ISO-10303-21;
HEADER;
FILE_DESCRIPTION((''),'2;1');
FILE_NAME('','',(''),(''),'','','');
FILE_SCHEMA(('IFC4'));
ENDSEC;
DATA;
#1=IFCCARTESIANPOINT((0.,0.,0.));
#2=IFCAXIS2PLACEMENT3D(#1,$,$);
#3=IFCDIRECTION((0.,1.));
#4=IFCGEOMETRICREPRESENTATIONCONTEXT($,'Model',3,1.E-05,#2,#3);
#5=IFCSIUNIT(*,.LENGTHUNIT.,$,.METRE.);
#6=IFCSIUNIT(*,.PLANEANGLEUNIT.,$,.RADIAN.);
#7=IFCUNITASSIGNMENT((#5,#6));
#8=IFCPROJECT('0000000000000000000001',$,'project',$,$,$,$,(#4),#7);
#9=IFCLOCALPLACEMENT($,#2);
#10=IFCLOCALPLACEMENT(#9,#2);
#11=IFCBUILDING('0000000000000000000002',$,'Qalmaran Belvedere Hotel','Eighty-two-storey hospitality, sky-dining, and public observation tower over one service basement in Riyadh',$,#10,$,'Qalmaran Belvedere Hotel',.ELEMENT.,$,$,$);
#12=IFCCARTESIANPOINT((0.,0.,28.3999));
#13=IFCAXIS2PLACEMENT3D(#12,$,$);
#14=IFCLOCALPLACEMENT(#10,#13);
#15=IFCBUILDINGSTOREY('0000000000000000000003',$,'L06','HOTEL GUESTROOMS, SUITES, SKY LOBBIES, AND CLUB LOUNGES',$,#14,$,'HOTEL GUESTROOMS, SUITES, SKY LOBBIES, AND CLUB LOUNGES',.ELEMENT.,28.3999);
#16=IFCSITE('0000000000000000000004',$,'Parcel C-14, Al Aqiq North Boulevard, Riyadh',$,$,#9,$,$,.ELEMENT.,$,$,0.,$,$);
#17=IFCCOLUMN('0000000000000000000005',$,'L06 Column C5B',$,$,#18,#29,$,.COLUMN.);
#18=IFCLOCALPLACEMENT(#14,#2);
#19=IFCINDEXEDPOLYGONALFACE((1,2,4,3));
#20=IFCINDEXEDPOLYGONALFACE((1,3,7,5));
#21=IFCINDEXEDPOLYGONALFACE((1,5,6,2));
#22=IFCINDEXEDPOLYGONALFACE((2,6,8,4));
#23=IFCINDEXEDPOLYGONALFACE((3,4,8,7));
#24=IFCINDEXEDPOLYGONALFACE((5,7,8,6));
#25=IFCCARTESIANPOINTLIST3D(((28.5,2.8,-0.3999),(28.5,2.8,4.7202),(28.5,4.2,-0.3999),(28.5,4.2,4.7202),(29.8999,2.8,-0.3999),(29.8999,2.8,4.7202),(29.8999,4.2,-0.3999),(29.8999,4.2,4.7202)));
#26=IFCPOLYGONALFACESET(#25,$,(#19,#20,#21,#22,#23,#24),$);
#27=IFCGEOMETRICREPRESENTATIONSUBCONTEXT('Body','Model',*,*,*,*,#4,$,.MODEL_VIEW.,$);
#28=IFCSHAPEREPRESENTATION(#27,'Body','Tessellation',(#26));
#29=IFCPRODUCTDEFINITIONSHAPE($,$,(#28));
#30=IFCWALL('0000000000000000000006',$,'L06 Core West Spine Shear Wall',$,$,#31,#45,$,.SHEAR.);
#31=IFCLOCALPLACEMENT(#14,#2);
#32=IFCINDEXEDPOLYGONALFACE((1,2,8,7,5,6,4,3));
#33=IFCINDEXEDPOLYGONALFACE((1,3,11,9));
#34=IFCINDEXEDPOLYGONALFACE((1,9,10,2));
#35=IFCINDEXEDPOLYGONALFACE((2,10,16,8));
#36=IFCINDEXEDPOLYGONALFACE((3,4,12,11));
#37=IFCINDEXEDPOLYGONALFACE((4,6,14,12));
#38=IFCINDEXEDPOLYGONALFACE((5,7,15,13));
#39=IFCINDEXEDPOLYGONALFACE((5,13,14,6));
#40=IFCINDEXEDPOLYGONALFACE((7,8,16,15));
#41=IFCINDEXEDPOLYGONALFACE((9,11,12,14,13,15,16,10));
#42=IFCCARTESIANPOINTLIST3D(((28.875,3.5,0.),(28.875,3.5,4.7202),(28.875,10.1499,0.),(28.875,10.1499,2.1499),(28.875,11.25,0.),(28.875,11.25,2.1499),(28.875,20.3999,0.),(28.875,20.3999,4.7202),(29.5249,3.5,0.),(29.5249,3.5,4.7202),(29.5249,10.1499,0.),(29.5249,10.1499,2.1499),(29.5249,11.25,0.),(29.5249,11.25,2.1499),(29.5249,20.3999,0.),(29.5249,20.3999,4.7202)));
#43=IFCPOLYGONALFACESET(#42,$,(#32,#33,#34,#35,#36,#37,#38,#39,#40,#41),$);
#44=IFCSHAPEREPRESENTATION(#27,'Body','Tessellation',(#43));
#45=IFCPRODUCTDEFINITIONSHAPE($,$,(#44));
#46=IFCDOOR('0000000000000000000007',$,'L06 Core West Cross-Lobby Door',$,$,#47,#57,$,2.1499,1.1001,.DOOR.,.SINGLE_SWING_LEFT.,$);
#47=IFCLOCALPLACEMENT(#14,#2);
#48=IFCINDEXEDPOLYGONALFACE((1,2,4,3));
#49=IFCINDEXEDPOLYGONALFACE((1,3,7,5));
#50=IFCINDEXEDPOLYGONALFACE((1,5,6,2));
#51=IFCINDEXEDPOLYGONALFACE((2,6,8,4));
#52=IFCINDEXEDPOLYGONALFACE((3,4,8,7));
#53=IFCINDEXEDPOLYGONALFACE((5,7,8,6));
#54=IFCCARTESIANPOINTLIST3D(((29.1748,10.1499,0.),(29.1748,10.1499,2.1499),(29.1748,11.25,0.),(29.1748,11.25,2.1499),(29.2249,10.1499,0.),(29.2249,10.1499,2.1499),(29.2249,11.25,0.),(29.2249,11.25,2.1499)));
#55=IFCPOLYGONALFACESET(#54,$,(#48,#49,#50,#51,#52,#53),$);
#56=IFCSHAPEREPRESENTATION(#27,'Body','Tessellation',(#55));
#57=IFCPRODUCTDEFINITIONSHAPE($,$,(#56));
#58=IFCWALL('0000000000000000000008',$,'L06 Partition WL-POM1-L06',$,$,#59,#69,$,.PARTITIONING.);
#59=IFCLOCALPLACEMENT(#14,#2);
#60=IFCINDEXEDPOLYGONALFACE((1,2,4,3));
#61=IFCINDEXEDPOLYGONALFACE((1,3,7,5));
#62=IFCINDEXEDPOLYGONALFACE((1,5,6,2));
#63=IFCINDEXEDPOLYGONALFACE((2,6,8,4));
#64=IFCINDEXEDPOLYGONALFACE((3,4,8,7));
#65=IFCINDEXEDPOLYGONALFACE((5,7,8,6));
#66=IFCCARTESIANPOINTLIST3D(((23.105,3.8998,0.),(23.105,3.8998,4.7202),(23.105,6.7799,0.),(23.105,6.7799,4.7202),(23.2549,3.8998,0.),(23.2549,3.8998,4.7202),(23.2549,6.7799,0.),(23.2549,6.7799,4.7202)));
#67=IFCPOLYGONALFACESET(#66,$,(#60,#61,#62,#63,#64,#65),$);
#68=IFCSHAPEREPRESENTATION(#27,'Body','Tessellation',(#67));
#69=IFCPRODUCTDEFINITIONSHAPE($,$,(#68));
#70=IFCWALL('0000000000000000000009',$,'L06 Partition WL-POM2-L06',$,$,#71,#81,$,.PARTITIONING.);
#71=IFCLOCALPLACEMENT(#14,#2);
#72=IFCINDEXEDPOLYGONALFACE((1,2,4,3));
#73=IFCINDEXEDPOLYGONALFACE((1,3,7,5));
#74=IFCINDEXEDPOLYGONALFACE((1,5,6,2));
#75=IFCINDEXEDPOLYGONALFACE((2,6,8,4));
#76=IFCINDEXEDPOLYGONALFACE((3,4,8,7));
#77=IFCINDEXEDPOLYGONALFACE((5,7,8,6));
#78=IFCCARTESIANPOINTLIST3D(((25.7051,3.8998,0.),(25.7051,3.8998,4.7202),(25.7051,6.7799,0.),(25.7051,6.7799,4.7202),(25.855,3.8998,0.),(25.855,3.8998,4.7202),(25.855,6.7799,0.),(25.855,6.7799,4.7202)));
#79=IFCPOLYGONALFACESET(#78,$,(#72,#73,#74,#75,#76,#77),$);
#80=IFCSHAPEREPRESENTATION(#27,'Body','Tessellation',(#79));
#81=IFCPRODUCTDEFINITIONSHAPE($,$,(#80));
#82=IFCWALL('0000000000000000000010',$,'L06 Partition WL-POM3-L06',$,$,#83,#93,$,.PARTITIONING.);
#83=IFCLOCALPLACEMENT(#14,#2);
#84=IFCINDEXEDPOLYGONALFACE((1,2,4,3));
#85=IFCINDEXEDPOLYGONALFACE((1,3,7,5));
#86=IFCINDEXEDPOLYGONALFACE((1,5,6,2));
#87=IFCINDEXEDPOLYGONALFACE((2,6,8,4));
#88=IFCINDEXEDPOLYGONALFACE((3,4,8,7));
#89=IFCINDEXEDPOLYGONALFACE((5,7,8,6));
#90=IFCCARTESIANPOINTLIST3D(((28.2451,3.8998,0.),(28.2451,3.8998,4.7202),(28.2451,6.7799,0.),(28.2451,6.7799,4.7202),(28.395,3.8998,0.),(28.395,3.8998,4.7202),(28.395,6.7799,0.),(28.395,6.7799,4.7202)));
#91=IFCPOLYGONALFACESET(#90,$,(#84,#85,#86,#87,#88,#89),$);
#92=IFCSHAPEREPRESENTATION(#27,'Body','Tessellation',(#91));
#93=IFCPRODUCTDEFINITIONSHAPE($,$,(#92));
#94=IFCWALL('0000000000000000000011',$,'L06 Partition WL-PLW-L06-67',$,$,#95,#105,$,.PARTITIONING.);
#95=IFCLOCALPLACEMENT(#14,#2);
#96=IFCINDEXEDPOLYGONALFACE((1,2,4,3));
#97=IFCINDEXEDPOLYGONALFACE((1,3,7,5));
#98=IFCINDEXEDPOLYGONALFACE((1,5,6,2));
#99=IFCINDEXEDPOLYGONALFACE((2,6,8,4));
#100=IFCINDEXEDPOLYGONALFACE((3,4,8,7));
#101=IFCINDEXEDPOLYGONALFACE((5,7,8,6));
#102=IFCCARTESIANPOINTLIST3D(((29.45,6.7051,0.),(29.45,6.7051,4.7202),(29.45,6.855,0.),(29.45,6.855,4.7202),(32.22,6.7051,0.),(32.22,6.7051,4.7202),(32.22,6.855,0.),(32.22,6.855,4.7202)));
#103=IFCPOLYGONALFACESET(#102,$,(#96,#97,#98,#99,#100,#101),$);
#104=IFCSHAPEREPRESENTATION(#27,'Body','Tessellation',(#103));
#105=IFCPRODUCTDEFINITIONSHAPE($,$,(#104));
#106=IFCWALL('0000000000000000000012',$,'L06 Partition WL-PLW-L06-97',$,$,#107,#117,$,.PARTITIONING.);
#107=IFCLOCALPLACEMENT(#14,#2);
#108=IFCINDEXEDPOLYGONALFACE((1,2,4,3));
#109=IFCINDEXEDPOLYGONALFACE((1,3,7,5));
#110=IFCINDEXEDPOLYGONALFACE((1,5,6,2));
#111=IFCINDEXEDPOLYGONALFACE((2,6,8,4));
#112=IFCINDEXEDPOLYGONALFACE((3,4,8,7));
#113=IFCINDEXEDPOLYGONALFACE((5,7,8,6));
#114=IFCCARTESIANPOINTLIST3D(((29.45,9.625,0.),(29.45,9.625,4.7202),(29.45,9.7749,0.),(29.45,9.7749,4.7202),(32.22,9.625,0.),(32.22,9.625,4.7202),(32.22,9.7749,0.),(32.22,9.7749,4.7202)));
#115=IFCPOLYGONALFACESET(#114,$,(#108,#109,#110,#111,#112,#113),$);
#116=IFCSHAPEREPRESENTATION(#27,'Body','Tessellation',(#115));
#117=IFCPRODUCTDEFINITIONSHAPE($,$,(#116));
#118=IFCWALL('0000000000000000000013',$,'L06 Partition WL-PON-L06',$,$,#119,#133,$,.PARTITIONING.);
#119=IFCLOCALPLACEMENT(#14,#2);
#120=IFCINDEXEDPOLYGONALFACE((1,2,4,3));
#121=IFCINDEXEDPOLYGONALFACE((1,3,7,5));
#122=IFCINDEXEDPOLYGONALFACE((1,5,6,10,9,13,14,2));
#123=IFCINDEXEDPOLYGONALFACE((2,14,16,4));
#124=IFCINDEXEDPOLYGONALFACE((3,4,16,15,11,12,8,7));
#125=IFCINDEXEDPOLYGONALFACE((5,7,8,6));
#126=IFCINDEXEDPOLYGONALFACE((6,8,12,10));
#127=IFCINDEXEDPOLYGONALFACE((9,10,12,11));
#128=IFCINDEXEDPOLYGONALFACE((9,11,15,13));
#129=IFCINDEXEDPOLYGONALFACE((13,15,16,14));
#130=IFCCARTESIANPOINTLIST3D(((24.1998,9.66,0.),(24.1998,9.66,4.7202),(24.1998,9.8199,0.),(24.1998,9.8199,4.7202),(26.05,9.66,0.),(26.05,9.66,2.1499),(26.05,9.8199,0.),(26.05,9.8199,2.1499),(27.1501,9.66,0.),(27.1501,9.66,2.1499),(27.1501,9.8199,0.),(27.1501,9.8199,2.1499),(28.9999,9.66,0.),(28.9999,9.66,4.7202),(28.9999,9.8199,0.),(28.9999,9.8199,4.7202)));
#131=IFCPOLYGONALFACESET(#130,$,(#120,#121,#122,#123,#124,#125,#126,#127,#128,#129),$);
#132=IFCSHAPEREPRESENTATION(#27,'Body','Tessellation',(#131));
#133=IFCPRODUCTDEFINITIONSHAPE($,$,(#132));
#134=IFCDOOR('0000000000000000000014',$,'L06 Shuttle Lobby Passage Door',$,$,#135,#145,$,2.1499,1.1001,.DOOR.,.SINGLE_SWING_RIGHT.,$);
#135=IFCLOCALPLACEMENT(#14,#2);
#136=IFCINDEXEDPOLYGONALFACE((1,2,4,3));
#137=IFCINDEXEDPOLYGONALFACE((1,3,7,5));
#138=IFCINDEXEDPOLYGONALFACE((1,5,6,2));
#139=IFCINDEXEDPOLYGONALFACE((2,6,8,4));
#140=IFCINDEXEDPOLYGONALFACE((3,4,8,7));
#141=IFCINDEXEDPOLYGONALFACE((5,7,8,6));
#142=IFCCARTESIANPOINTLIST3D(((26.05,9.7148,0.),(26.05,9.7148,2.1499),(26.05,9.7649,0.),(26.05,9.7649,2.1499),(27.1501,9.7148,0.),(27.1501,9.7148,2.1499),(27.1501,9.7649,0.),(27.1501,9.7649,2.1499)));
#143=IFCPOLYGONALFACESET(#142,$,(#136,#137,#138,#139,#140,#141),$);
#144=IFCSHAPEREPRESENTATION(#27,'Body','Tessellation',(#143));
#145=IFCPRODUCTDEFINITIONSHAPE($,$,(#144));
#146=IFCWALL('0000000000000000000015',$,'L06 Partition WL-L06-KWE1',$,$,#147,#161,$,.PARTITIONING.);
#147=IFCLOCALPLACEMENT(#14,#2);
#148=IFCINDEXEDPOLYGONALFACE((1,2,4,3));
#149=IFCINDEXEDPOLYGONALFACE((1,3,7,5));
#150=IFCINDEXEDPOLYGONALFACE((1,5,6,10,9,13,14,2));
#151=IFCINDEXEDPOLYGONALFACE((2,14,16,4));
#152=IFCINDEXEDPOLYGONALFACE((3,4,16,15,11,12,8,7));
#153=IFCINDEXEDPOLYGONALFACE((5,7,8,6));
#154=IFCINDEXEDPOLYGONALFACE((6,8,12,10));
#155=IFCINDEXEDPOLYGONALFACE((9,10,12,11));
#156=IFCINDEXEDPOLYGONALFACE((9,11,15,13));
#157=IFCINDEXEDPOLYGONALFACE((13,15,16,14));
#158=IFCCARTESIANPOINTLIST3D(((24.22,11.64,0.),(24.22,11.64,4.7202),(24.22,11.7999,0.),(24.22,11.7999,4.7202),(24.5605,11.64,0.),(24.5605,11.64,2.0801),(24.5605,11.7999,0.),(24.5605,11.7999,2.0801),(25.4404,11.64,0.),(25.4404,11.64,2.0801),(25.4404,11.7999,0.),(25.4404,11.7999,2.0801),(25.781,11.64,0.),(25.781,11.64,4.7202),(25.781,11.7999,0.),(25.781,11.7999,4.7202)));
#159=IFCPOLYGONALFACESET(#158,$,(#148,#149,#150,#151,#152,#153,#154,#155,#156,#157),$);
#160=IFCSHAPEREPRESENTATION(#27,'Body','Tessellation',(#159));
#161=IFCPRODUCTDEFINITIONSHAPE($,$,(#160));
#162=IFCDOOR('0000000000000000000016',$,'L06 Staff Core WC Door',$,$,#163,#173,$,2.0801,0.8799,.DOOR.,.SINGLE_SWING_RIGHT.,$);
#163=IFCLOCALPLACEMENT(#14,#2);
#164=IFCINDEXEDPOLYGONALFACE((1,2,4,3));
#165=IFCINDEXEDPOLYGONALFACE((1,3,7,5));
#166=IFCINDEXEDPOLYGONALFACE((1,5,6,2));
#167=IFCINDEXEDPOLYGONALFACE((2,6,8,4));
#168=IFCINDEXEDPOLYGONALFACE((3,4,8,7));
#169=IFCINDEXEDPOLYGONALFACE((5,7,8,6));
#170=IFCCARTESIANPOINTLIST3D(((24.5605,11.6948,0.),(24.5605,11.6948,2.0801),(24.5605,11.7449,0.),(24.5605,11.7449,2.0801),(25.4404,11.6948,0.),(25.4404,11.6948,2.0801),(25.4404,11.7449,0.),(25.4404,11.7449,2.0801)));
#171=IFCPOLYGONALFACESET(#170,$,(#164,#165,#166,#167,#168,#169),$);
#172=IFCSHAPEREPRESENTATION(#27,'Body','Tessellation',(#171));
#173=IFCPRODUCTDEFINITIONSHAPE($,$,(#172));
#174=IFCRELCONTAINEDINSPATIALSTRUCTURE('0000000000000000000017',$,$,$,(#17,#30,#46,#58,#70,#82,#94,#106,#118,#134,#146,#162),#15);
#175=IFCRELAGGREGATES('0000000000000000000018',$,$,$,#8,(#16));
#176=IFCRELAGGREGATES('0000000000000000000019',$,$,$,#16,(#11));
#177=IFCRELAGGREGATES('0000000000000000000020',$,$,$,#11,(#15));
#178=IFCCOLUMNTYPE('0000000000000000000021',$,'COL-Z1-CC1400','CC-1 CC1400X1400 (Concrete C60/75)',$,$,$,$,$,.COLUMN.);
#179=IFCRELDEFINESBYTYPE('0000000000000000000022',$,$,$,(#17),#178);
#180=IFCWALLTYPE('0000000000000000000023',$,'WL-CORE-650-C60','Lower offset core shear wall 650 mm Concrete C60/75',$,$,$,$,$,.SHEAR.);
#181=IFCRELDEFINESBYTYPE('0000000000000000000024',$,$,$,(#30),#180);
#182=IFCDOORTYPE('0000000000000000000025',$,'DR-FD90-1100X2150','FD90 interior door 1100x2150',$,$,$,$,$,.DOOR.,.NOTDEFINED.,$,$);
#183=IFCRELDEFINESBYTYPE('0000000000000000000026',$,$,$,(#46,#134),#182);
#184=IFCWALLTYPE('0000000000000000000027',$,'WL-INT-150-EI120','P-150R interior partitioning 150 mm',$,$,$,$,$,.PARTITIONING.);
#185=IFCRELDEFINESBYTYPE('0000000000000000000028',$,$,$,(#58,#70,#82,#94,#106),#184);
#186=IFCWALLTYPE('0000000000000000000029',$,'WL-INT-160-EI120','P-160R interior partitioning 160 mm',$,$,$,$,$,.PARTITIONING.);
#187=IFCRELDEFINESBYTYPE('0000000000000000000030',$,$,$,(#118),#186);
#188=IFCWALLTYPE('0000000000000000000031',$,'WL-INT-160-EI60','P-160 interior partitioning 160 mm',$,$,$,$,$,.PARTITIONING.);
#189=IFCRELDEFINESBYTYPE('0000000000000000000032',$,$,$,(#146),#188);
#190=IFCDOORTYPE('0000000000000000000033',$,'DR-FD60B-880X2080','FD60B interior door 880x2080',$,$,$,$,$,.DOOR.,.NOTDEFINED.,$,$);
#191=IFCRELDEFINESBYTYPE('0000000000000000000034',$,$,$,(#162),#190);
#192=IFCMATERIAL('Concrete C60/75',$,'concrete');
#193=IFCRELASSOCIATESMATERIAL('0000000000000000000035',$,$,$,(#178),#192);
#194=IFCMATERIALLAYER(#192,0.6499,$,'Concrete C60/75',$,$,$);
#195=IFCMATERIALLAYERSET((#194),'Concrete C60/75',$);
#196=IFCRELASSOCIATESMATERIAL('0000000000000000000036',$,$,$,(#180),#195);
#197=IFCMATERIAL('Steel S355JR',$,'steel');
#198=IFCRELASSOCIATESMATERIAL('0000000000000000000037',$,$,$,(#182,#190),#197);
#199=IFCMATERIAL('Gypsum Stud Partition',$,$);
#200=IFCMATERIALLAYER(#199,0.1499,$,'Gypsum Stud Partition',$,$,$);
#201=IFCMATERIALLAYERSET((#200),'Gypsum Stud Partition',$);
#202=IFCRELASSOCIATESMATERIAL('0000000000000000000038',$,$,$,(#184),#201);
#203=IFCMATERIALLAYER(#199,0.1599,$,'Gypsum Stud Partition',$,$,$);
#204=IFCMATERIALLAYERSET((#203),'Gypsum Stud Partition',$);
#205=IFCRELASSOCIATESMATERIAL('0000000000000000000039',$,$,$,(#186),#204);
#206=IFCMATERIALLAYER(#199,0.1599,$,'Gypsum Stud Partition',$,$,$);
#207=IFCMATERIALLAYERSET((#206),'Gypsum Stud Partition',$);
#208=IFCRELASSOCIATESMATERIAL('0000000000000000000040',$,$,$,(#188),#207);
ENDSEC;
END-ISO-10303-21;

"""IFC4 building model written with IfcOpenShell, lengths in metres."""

from ifc_helpers import new_model, si_unit, direction, frame, frame_2d, origin, origin_2d, place, context, subcontext, project, spatial, rectangle, extrude, material, layer, layer_set, material_profile, profile_set, type_object, element, fill, save


model = new_model("IFC4")

# Units and contexts
model_context = context("Model", 3, precision=1e-05, world=origin(), true_north=direction((0.0, 1.0)))
body_context = subcontext(model_context, "Body", "Model", "MODEL_VIEW")
ifc_project = project(units=[si_unit("LENGTHUNIT", "METRE"), si_unit("PLANEANGLEUNIT", "RADIAN")], contexts=[model_context])

# Site, building, storey
site_placement = place(None, origin())
site = spatial("IfcSite", under=ifc_project, at=site_placement, Name="Parcel C-14, Al Aqiq North Boulevard, Riyadh", CompositionType="ELEMENT", RefElevation=0.0)
building_placement = place(site_placement, origin())
building = spatial("IfcBuilding", under=site, at=building_placement, Name="Qalmaran Belvedere Hotel", Description="Eighty-two-storey hospitality, sky-dining, and public observation tower over one service basement in Riyadh", LongName="Qalmaran Belvedere Hotel", CompositionType="ELEMENT")
storey_placement = place(building_placement, frame((0.0, 0.0, 28.3999)))
storey = spatial("IfcBuildingStorey", under=building, at=storey_placement, Name="L06", Description="HOTEL GUESTROOMS, SUITES, SKY LOBBIES, AND CLUB LOUNGES", LongName="HOTEL GUESTROOMS, SUITES, SKY LOBBIES, AND CLUB LOUNGES", CompositionType="ELEMENT", Elevation=28.3999)

# Column
ifc_material_1 = material(Name="Concrete C60/75", Category="concrete")
ifc_material_profile = material_profile(ifc_material_1, rectangle(XDim=1.3999, YDim=1.3999, at=origin_2d()), Name="CC1400X1400")
ifc_profile_set = profile_set([ifc_material_profile], Name="Concrete C60/75")
column_type = type_object("IfcColumnType", Name="COL-Z1-CC1400", Description="CC-1 CC1400X1400 (Concrete C60/75)", PredefinedType="COLUMN", material=ifc_profile_set)
column_placement = place(storey_placement, frame((29.2, 3.5, -0.3999), z_axis=(0.0, 0.0, 1.0), x_axis=(1.0, 0.0, 0.0)))
element("IfcColumn", 1, at=column_placement, inside=storey, type_object=column_type, Name="L06 Column C5B", PredefinedType="COLUMN", context=body_context, shape_type="SweptSolid", body=[
    extrude(rectangle(XDim=1.3999, YDim=1.3999, at=origin_2d()), origin(), (0.0, 0.0, 1.0), 5.1201),
])

# Wall, opening, door
ifc_layer_1 = layer(ifc_material_1, 0.6499, Name="Concrete C60/75")
ifc_layer_set_1 = layer_set([ifc_layer_1], Name="Concrete C60/75")
wall_type_1 = type_object("IfcWallType", Name="WL-CORE-650-C60", Description="Lower offset core shear wall 650 mm Concrete C60/75", PredefinedType="SHEAR", material=ifc_layer_set_1)
wall_1_placement = place(storey_placement, frame((29.2, 3.5, 0.0), z_axis=(0.0, 0.0, 1.0), x_axis=(0.0, 1.0, 0.0)))
wall_1 = element("IfcWall", 2, at=wall_1_placement, inside=storey, type_object=wall_type_1, Name="L06 Core West Spine Shear Wall", PredefinedType="SHEAR", context=body_context, shape_type="SweptSolid", body=[
    extrude(rectangle(XDim=16.8999, YDim=0.6499, at=frame_2d((8.45, 0.0))), origin(), (0.0, 0.0, 1.0), 4.7202),
])
opening_1_placement = place(wall_1_placement, frame((7.75, 0.0, 0.0), z_axis=(0.0, 0.0, 1.0), x_axis=(-1.0, 0.0, 0.0)))
opening_1 = element("IfcOpeningElement", 3, at=opening_1_placement, cuts=wall_1, PredefinedType="OPENING", context=body_context, shape_type="SweptSolid", body=[
    extrude(rectangle(XDim=1.1001, YDim=2.1499, at=frame_2d((0.55, 1.075))), frame((0.0, 0.335, 0.0), z_axis=(0.0, -1.0, 0.0), x_axis=(1.0, 0.0, 0.0)), (0.0, 0.0, 1.0), 0.6699),
])
ifc_material_2 = material(Name="Steel S355JR", Category="steel")
door_type_1 = type_object("IfcDoorType", Name="DR-FD90-1100X2150", Description="FD90 interior door 1100x2150", OperationType="NOTDEFINED", PredefinedType="DOOR", material=ifc_material_2)
door_1_placement = place(opening_1_placement, origin())
door_1 = element("IfcDoor", 4, at=door_1_placement, inside=storey, type_object=door_type_1, Name="L06 Core West Cross-Lobby Door", OperationType="SINGLE_SWING_LEFT", OverallHeight=2.1499, OverallWidth=1.1001, PredefinedType="DOOR", context=body_context, shape_type="SweptSolid", body=[
    extrude(rectangle(XDim=1.1001, YDim=2.1499, at=frame_2d((0.55, 1.075))), frame((0.0, 0.0249, 0.0), z_axis=(0.0, -1.0, 0.0), x_axis=(1.0, 0.0, 0.0)), (0.0, 0.0, 1.0), 0.05),
])
fill(opening_1, door_1)

# Walls
ifc_material_3 = material(Name="Gypsum Stud Partition")
ifc_layer_2 = layer(ifc_material_3, 0.1499, Name="Gypsum Stud Partition")
ifc_layer_set_2 = layer_set([ifc_layer_2], Name="Gypsum Stud Partition")
wall_type_2 = type_object("IfcWallType", Name="WL-INT-150-EI120", Description="P-150R interior partitioning 150 mm", PredefinedType="PARTITIONING", material=ifc_layer_set_2)
for number, where, z_axis, x_axis, name in (
    (5, (23.1799, 3.8999, 0.0), (0.0, 0.0, 1.0), (0.0, 1.0, 0.0), "L06 Partition WL-POM1-L06"),
    (6, (25.78, 3.8999, 0.0), (0.0, 0.0, 1.0), (0.0, 1.0, 0.0), "L06 Partition WL-POM2-L06"),
    (7, (28.3201, 3.8999, 0.0), (0.0, 0.0, 1.0), (0.0, 1.0, 0.0), "L06 Partition WL-POM3-L06"),
):
    element("IfcWall", number, at=place(storey_placement, frame(where, z_axis=z_axis, x_axis=x_axis)), inside=storey, type_object=wall_type_2, Name=name, PredefinedType="PARTITIONING", context=body_context, shape_type="SweptSolid", body=[
        extrude(rectangle(XDim=2.8801, YDim=0.1499, at=frame_2d((1.4399, 0.0))), origin(), (0.0, 0.0, 1.0), 4.7202),
    ])
for number, where, z_axis, x_axis, name in (
    (8, (29.45, 6.78, 0.0), (0.0, 0.0, 1.0), (1.0, 0.0, 0.0), "L06 Partition WL-PLW-L06-67"),
    (9, (29.45, 9.7, 0.0), (0.0, 0.0, 1.0), (1.0, 0.0, 0.0), "L06 Partition WL-PLW-L06-97"),
):
    element("IfcWall", number, at=place(storey_placement, frame(where, z_axis=z_axis, x_axis=x_axis)), inside=storey, type_object=wall_type_2, Name=name, PredefinedType="PARTITIONING", context=body_context, shape_type="SweptSolid", body=[
        extrude(rectangle(XDim=2.77, YDim=0.1499, at=frame_2d((1.385, 0.0))), origin(), (0.0, 0.0, 1.0), 4.7202),
    ])

# Walls, openings, doors
ifc_layer_3 = layer(ifc_material_3, 0.1599, Name="Gypsum Stud Partition")
ifc_layer_set_3 = layer_set([ifc_layer_3], Name="Gypsum Stud Partition")
wall_type_3 = type_object("IfcWallType", Name="WL-INT-160-EI120", Description="P-160R interior partitioning 160 mm", PredefinedType="PARTITIONING", material=ifc_layer_set_3)
wall_2_placement = place(storey_placement, frame((24.2, 9.74, 0.0), z_axis=(0.0, 0.0, 1.0), x_axis=(1.0, 0.0, 0.0)))
wall_2 = element("IfcWall", 10, at=wall_2_placement, inside=storey, type_object=wall_type_3, Name="L06 Partition WL-PON-L06", PredefinedType="PARTITIONING", context=body_context, shape_type="SweptSolid", body=[
    extrude(rectangle(XDim=4.8, YDim=0.1599, at=frame_2d((2.3999, 0.0))), origin(), (0.0, 0.0, 1.0), 4.7202),
])
opening_2_placement = place(wall_2_placement, frame((1.8501, 0.0, 0.0)))
opening_2 = element("IfcOpeningElement", 11, at=opening_2_placement, cuts=wall_2, PredefinedType="OPENING", context=body_context, shape_type="SweptSolid", body=[
    extrude(rectangle(XDim=1.1001, YDim=2.1499, at=frame_2d((0.55, 1.075))), frame((0.0, 0.0898, 0.0), z_axis=(0.0, -1.0, 0.0), x_axis=(1.0, 0.0, 0.0)), (0.0, 0.0, 1.0), 0.1799),
])
door_2_placement = place(opening_2_placement, origin())
door_2 = element("IfcDoor", 12, at=door_2_placement, inside=storey, type_object=door_type_1, Name="L06 Shuttle Lobby Passage Door", OperationType="SINGLE_SWING_RIGHT", OverallHeight=2.1499, OverallWidth=1.1001, PredefinedType="DOOR", context=body_context, shape_type="SweptSolid", body=[
    extrude(rectangle(XDim=1.1001, YDim=2.1499, at=frame_2d((0.55, 1.075))), frame((0.0, 0.0249, 0.0), z_axis=(0.0, -1.0, 0.0), x_axis=(1.0, 0.0, 0.0)), (0.0, 0.0, 1.0), 0.05),
])
fill(opening_2, door_2)
ifc_layer_4 = layer(ifc_material_3, 0.1599, Name="Gypsum Stud Partition")
ifc_layer_set_4 = layer_set([ifc_layer_4], Name="Gypsum Stud Partition")
wall_type_4 = type_object("IfcWallType", Name="WL-INT-160-EI60", Description="P-160 interior partitioning 160 mm", PredefinedType="PARTITIONING", material=ifc_layer_set_4)
wall_3_placement = place(storey_placement, frame((24.22, 11.72, 0.0), z_axis=(0.0, 0.0, 1.0), x_axis=(1.0, 0.0, 0.0)))
wall_3 = element("IfcWall", 13, at=wall_3_placement, inside=storey, type_object=wall_type_4, Name="L06 Partition WL-L06-KWE1", PredefinedType="PARTITIONING", context=body_context, shape_type="SweptSolid", body=[
    extrude(rectangle(XDim=1.561, YDim=0.1599, at=frame_2d((0.7805, 0.0))), origin(), (0.0, 0.0, 1.0), 4.7202),
])
opening_3_placement = place(wall_3_placement, frame((0.3406, 0.0, 0.0)))
opening_3 = element("IfcOpeningElement", 14, at=opening_3_placement, cuts=wall_3, PredefinedType="OPENING", context=body_context, shape_type="SweptSolid", body=[
    extrude(rectangle(XDim=0.8799, YDim=2.0801, at=frame_2d((0.4399, 1.04))), frame((0.0, 0.0898, 0.0), z_axis=(0.0, -1.0, 0.0), x_axis=(1.0, 0.0, 0.0)), (0.0, 0.0, 1.0), 0.1799),
])
door_type_2 = type_object("IfcDoorType", Name="DR-FD60B-880X2080", Description="FD60B interior door 880x2080", OperationType="NOTDEFINED", PredefinedType="DOOR", material=ifc_material_2)
door_3_placement = place(opening_3_placement, origin())
door_3 = element("IfcDoor", 15, at=door_3_placement, inside=storey, type_object=door_type_2, Name="L06 Staff Core WC Door", OperationType="SINGLE_SWING_RIGHT", OverallHeight=2.0801, OverallWidth=0.8799, PredefinedType="DOOR", context=body_context, shape_type="SweptSolid", body=[
    extrude(rectangle(XDim=0.8799, YDim=2.0801, at=frame_2d((0.4399, 1.04))), frame((0.0, 0.0249, 0.0), z_axis=(0.0, -1.0, 0.0), x_axis=(1.0, 0.0, 0.0)), (0.0, 0.0, 1.0), 0.05),
])
fill(opening_3, door_3)

save(model, "model.ifc")
